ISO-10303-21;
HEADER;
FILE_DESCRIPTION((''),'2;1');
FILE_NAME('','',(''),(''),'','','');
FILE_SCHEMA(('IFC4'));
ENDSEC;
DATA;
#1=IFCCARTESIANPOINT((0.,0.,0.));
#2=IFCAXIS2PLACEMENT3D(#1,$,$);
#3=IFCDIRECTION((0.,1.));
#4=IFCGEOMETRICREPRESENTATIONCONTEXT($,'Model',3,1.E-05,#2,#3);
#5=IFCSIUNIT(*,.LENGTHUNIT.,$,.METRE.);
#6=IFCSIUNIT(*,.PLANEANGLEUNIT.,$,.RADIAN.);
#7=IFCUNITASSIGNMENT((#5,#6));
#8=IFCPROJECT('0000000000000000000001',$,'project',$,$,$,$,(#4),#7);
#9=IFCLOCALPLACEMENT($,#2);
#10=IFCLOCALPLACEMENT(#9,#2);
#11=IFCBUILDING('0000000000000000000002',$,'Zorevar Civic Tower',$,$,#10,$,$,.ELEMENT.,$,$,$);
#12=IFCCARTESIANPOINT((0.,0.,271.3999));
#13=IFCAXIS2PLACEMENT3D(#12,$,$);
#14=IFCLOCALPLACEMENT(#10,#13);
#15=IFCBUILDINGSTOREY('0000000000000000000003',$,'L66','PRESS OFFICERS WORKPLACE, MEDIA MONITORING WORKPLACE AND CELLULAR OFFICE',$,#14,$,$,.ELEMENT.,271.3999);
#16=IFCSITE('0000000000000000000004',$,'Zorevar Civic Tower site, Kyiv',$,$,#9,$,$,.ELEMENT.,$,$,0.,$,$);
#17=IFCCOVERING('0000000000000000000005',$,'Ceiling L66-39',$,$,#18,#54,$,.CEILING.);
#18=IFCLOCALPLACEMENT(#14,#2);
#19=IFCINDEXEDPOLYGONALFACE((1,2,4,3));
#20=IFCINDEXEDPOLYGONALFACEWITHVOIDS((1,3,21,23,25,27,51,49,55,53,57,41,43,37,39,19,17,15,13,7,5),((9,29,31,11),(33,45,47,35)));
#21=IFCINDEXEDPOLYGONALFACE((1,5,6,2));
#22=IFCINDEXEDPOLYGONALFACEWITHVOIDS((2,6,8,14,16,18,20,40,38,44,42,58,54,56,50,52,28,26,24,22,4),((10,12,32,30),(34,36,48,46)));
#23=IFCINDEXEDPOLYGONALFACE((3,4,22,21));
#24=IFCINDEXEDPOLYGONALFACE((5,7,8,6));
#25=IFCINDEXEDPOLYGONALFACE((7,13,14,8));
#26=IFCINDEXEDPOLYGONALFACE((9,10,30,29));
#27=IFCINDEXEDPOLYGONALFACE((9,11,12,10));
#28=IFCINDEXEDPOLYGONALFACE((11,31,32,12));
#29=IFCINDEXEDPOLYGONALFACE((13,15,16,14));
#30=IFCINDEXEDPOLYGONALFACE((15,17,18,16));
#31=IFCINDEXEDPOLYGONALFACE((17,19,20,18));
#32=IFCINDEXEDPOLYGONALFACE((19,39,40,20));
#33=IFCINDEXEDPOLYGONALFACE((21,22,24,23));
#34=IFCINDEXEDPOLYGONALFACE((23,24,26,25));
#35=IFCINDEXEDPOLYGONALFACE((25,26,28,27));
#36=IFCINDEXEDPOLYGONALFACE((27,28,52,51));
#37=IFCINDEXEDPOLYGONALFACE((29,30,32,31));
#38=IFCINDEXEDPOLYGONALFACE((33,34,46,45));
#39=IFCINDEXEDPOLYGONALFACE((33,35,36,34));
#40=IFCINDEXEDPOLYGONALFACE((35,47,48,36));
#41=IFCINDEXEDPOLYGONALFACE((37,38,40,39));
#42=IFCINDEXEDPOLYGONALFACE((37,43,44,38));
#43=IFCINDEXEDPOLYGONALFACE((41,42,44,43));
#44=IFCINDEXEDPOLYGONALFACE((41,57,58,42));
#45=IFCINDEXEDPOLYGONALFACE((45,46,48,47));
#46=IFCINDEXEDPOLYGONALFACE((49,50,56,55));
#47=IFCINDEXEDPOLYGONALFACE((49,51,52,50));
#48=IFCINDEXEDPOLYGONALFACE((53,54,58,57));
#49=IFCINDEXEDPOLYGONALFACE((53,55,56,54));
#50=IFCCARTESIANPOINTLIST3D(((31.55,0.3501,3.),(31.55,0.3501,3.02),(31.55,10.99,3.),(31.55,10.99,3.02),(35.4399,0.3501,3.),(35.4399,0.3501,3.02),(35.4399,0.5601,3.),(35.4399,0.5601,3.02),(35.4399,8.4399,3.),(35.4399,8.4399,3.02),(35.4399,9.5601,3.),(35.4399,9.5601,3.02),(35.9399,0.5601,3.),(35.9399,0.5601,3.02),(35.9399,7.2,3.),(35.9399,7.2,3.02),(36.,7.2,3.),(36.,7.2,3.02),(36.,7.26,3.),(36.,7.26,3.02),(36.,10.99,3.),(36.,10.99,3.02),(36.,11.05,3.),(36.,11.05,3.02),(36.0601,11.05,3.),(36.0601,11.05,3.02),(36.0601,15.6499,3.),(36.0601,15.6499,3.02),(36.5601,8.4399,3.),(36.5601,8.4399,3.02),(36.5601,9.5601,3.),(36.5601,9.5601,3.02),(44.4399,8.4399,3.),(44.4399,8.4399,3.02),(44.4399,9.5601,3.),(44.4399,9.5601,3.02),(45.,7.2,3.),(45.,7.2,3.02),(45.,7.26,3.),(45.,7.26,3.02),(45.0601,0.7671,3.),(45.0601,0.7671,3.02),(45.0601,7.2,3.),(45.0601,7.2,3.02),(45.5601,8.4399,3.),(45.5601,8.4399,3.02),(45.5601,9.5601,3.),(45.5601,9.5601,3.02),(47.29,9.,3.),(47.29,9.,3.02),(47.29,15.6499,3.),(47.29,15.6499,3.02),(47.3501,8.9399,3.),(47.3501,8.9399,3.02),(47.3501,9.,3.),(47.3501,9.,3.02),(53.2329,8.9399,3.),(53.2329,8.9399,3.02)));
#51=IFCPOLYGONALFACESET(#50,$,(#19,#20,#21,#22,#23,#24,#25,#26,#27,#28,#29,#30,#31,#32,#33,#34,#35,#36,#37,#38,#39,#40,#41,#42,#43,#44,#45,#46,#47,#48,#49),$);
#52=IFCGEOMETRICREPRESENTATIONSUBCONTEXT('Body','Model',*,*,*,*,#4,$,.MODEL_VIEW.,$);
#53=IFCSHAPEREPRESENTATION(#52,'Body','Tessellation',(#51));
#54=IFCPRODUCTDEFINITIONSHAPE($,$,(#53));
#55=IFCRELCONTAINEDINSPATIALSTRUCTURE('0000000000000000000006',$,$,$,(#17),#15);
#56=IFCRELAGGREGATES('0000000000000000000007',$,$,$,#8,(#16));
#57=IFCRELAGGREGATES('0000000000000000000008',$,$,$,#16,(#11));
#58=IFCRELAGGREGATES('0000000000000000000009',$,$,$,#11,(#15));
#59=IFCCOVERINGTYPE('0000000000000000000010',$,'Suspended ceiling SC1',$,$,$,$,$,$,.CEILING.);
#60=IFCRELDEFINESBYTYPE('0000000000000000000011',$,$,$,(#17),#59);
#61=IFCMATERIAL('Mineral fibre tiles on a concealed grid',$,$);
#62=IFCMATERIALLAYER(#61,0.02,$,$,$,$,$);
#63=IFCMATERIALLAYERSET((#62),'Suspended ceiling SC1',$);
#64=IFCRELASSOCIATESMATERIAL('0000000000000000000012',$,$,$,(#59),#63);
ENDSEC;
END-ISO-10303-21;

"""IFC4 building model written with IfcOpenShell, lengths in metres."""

from ifc_helpers import new_model, si_unit, direction, frame, origin, place, context, subcontext, project, spatial, polyline, outline, extrude, material, layer, layer_set, type_object, element, save


model = new_model("IFC4")

# Units and contexts
model_context = context("Model", 3, precision=1e-05, world=origin(), true_north=direction((0.0, 1.0)))
body_context = subcontext(model_context, "Body", "Model", "MODEL_VIEW")
ifc_project = project(units=[si_unit("LENGTHUNIT", "METRE"), si_unit("PLANEANGLEUNIT", "RADIAN")], contexts=[model_context])

# Site, building, storey
site_placement = place(None, origin())
site = spatial("IfcSite", under=ifc_project, at=site_placement, Name="Zorevar Civic Tower site, Kyiv", CompositionType="ELEMENT", RefElevation=0.0)
building_placement = place(site_placement, origin())
building = spatial("IfcBuilding", under=site, at=building_placement, Name="Zorevar Civic Tower", CompositionType="ELEMENT")
storey_placement = place(building_placement, frame((0.0, 0.0, 271.3999)))
storey = spatial("IfcBuildingStorey", under=building, at=storey_placement, Name="L66", Description="PRESS OFFICERS WORKPLACE, MEDIA MONITORING WORKPLACE AND CELLULAR OFFICE", CompositionType="ELEMENT", Elevation=271.3999)

# Covering
ifc_material_1 = material(Name="Mineral fibre tiles on a concealed grid")
ifc_layer_1 = layer(ifc_material_1, 0.02)
ifc_layer_set_1 = layer_set([ifc_layer_1], Name="Suspended ceiling SC1")
covering_type_1 = type_object("IfcCoveringType", Name="Suspended ceiling SC1", PredefinedType="CEILING", material=ifc_layer_set_1)
covering_1_placement = place(storey_placement, frame((0.0, 0.0, 3.0)))
element("IfcCovering", 1, at=covering_1_placement, inside=storey, type_object=covering_type_1, Name="Ceiling L66-39", PredefinedType="CEILING", context=body_context, shape_type="SweptSolid", body=[
    extrude(outline(polyline([(45.0601, 7.2), (45.0, 7.2), (45.0, 7.26), (36.0, 7.26), (36.0, 7.2), (35.9399, 7.2), (35.9399, 0.5601), (35.4399, 0.5601), (35.4399, 0.3501), (31.55, 0.3501), (31.55, 10.99), (36.0, 10.99), (36.0, 11.05), (36.0601, 11.05), (36.0601, 15.6499), (47.29, 15.6499), (47.29, 9.0), (47.3501, 9.0), (47.3501, 8.9399), (53.2329, 8.9399), (45.0601, 0.7671), (45.0601, 7.2)]), holes=[polyline([(36.5601, 9.5601), (35.4399, 9.5601), (35.4399, 8.4399), (36.5601, 8.4399), (36.5601, 9.5601)]), polyline([(44.4399, 8.4399), (45.5601, 8.4399), (45.5601, 9.5601), (44.4399, 9.5601), (44.4399, 8.4399)])]), origin(), (0.0, 0.0, 1.0), 0.02),
])

save(model, "model.ifc")
